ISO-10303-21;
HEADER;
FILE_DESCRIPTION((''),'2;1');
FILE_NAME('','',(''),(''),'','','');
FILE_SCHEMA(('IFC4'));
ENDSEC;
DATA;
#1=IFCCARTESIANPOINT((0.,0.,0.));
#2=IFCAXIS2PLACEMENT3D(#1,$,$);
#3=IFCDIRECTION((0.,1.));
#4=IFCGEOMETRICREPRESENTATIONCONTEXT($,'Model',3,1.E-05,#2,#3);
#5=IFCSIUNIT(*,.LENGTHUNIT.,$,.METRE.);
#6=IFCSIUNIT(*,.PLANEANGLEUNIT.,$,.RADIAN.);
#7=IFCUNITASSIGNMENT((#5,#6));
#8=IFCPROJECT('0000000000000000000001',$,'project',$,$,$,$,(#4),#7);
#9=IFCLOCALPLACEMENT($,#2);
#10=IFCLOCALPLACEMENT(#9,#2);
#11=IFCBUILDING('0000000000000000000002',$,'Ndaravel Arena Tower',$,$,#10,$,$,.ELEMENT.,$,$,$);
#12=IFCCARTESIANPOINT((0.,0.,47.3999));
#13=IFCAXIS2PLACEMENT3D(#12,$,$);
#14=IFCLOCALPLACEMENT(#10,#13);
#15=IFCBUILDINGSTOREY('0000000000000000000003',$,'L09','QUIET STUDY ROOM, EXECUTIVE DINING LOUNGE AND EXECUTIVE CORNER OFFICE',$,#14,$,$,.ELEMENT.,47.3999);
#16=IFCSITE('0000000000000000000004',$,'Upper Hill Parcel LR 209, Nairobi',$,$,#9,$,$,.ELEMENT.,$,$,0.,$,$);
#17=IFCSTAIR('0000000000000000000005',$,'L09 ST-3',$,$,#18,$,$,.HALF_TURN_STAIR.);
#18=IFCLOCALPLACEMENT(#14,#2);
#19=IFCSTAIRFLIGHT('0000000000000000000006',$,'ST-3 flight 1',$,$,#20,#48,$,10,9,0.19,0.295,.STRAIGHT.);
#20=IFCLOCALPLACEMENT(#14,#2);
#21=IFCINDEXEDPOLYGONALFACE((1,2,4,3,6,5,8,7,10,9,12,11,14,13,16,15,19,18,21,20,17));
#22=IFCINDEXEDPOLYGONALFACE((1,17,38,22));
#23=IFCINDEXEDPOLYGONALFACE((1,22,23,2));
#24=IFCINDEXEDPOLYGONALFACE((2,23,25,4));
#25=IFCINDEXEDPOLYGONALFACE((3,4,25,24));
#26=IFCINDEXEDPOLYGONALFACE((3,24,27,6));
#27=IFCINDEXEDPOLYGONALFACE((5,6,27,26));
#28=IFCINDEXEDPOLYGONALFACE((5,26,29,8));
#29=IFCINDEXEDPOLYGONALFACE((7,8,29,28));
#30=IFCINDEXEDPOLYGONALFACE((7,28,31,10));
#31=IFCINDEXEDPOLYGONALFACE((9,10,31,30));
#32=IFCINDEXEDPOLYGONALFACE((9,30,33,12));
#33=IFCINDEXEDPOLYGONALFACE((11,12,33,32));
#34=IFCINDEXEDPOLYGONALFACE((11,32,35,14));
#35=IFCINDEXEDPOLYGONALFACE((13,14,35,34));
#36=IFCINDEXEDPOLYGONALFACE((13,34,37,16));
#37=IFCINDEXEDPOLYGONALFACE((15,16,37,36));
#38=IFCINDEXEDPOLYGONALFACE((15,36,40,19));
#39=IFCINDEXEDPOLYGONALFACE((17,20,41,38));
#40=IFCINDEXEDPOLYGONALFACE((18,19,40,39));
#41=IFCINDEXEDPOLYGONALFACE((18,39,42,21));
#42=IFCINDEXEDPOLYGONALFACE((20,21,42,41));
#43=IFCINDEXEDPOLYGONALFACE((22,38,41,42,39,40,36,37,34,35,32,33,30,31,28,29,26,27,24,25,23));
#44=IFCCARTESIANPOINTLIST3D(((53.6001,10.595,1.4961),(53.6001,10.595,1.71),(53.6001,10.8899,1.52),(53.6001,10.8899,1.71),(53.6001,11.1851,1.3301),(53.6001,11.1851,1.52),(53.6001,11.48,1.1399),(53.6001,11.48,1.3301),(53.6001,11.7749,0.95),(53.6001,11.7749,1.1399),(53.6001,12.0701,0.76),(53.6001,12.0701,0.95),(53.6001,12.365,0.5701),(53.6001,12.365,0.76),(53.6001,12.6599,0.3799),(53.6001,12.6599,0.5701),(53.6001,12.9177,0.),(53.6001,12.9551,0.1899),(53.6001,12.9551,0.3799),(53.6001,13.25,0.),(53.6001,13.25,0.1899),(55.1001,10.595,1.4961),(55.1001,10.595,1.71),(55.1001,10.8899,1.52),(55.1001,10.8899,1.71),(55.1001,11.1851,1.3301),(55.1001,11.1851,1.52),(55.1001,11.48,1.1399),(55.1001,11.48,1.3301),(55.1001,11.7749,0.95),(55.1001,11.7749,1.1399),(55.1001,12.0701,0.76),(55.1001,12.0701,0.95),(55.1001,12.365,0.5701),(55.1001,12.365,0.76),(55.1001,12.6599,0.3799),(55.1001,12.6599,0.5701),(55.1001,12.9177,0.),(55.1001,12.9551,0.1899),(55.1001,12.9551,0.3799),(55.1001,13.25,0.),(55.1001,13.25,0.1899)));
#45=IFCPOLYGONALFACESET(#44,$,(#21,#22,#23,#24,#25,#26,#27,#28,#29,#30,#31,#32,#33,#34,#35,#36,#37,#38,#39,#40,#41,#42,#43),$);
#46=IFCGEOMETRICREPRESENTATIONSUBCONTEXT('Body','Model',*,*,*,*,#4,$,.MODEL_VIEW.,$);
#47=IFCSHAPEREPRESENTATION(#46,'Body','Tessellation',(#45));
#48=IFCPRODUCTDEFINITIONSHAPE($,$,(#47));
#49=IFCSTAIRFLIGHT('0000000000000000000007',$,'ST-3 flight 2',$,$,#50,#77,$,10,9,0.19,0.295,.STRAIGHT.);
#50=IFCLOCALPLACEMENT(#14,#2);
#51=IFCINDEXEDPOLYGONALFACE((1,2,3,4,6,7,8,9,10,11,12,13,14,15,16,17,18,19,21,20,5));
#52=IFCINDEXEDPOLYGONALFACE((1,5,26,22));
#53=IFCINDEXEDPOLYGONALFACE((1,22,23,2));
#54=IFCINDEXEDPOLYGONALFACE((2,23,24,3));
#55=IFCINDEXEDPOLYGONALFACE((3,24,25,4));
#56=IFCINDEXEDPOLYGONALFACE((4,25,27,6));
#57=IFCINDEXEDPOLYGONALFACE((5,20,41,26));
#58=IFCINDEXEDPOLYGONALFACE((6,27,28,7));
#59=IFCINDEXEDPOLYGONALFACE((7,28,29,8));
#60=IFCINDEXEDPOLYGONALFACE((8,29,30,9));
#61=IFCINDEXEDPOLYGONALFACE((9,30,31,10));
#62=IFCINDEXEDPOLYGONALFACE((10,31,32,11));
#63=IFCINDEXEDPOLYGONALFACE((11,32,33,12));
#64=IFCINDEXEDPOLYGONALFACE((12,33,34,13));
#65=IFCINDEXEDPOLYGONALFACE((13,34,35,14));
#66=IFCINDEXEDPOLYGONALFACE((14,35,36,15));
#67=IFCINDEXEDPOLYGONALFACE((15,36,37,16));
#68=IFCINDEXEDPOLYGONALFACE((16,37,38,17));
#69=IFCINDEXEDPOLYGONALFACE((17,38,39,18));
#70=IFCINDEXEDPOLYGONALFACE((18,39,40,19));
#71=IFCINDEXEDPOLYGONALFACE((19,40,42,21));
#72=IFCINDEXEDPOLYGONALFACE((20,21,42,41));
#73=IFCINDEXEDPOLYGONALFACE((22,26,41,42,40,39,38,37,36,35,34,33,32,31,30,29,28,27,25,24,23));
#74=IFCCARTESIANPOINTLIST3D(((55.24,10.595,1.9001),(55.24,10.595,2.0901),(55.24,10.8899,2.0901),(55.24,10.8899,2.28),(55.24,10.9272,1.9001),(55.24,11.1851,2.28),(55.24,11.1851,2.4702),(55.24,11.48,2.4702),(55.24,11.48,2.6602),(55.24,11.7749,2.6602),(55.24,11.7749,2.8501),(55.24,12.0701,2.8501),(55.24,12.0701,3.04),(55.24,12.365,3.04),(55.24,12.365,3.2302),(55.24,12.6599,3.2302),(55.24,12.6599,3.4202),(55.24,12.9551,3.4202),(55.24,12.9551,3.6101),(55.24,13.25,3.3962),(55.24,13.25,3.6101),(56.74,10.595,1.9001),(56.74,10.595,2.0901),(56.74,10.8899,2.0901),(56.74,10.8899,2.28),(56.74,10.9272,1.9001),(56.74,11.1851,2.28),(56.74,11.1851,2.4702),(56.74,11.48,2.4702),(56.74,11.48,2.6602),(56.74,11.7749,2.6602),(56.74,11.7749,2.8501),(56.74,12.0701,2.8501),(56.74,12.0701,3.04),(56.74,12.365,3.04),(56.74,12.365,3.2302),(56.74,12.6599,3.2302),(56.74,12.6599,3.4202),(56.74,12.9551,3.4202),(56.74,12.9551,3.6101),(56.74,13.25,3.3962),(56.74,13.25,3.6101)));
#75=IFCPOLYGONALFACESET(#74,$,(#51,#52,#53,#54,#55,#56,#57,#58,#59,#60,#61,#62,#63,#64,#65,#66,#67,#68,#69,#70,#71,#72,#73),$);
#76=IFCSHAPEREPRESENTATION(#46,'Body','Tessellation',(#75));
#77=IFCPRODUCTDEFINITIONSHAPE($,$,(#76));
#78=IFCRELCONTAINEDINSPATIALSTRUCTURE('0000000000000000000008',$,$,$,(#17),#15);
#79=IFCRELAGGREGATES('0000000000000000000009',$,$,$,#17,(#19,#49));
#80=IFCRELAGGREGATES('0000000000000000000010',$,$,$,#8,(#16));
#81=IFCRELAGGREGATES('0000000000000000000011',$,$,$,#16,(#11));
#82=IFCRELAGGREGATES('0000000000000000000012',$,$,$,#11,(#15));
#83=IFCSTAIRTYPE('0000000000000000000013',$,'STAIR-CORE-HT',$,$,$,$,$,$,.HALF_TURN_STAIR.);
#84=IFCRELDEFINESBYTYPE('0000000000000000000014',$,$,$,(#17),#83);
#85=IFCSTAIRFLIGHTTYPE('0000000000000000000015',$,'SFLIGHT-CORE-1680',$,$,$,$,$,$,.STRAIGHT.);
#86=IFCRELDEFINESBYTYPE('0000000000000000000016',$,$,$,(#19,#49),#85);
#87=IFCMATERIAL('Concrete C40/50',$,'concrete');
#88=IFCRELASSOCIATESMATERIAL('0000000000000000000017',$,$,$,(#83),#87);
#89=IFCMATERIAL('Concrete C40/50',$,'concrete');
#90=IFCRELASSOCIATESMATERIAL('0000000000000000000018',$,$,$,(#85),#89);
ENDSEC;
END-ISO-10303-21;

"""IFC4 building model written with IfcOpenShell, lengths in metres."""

from ifc_helpers import new_model, si_unit, direction, frame, origin, place, context, subcontext, project, spatial, polyline, outline, extrude, material, type_object, element, aggregate, save


model = new_model("IFC4")

# Units and contexts
model_context = context("Model", 3, precision=1e-05, world=origin(), true_north=direction((0.0, 1.0)))
body_context = subcontext(model_context, "Body", "Model", "MODEL_VIEW")
ifc_project = project(units=[si_unit("LENGTHUNIT", "METRE"), si_unit("PLANEANGLEUNIT", "RADIAN")], contexts=[model_context])

# Site, building, storey
site_placement = place(None, origin())
site = spatial("IfcSite", under=ifc_project, at=site_placement, Name="Upper Hill Parcel LR 209, Nairobi", CompositionType="ELEMENT", RefElevation=0.0)
building_placement = place(site_placement, origin())
building = spatial("IfcBuilding", under=site, at=building_placement, Name="Ndaravel Arena Tower", CompositionType="ELEMENT")
storey_placement = place(building_placement, frame((0.0, 0.0, 47.3999)))
storey = spatial("IfcBuildingStorey", under=building, at=storey_placement, Name="L09", Description="QUIET STUDY ROOM, EXECUTIVE DINING LOUNGE AND EXECUTIVE CORNER OFFICE", CompositionType="ELEMENT", Elevation=47.3999)

# Stair, stair flights
ifc_material_1 = material(Name="Concrete C40/50", Category="concrete")
stair_type = type_object("IfcStairType", Name="STAIR-CORE-HT", PredefinedType="HALF_TURN_STAIR", material=ifc_material_1)
stair_placement = place(storey_placement, origin())
stair = element("IfcStair", 1, at=stair_placement, inside=storey, type_object=stair_type, Name="L09 ST-3", PredefinedType="HALF_TURN_STAIR")
ifc_material_2 = material(Name="Concrete C40/50", Category="concrete")
stair_flight_type = type_object("IfcStairFlightType", Name="SFLIGHT-CORE-1680", PredefinedType="STRAIGHT", material=ifc_material_2)
stair_flight_1_placement = place(storey_placement, frame((54.3501, 13.25, 0.0), z_axis=(0.0, 0.0, 1.0), x_axis=(0.0, -1.0, 0.0)))
stair_flight_1 = element("IfcStairFlight", 2, at=stair_flight_1_placement, type_object=stair_flight_type, Name="ST-3 flight 1", NumberOfRisers=10, NumberOfTreads=9, PredefinedType="STRAIGHT", RiserHeight=0.19, TreadLength=0.295, context=body_context, shape_type="SweptSolid", body=[
    extrude(outline(polyline([(0.0, 0.0), (0.0, 0.1899), (0.2949, 0.1899), (0.2949, 0.3799), (0.5901, 0.3799), (0.5901, 0.5701), (0.885, 0.5701), (0.885, 0.76), (1.1799, 0.76), (1.1799, 0.95), (1.4751, 0.95), (1.4751, 1.1399), (1.77, 1.1399), (1.77, 1.3301), (2.0649, 1.3301), (2.0649, 1.52), (2.3601, 1.52), (2.3601, 1.71), (2.655, 1.71), (2.655, 1.8999), (2.655, 1.4961), (0.3323, 0.0), (0.0, 0.0)])), frame((0.0, 0.75, 0.0), z_axis=(0.0, -1.0, 0.0), x_axis=(1.0, 0.0, 0.0)), (0.0, 0.0, 1.0), 1.5),
])
stair_flight_2_placement = place(storey_placement, frame((55.99, 10.595, 1.9001), z_axis=(0.0, 0.0, 1.0), x_axis=(0.0, 1.0, 0.0)))
stair_flight_2 = element("IfcStairFlight", 3, at=stair_flight_2_placement, type_object=stair_flight_type, Name="ST-3 flight 2", NumberOfRisers=10, NumberOfTreads=9, PredefinedType="STRAIGHT", RiserHeight=0.19, TreadLength=0.295, context=body_context, shape_type="SweptSolid", body=[
    extrude(outline(polyline([(0.0, 0.0), (0.0, 0.1899), (0.2949, 0.1899), (0.2949, 0.3799), (0.5901, 0.3799), (0.5901, 0.5701), (0.885, 0.5701), (0.885, 0.76), (1.1799, 0.76), (1.1799, 0.95), (1.4751, 0.95), (1.4751, 1.1399), (1.77, 1.1399), (1.77, 1.3301), (2.0649, 1.3301), (2.0649, 1.52), (2.3601, 1.52), (2.3601, 1.71), (2.655, 1.71), (2.655, 1.8999), (2.655, 1.4961), (0.3323, 0.0), (0.0, 0.0)])), frame((0.0, 0.75, 0.0), z_axis=(0.0, -1.0, 0.0), x_axis=(1.0, 0.0, 0.0)), (0.0, 0.0, 1.0), 1.5),
])
aggregate(stair, [stair_flight_1, stair_flight_2])

save(model, "model.ifc")
